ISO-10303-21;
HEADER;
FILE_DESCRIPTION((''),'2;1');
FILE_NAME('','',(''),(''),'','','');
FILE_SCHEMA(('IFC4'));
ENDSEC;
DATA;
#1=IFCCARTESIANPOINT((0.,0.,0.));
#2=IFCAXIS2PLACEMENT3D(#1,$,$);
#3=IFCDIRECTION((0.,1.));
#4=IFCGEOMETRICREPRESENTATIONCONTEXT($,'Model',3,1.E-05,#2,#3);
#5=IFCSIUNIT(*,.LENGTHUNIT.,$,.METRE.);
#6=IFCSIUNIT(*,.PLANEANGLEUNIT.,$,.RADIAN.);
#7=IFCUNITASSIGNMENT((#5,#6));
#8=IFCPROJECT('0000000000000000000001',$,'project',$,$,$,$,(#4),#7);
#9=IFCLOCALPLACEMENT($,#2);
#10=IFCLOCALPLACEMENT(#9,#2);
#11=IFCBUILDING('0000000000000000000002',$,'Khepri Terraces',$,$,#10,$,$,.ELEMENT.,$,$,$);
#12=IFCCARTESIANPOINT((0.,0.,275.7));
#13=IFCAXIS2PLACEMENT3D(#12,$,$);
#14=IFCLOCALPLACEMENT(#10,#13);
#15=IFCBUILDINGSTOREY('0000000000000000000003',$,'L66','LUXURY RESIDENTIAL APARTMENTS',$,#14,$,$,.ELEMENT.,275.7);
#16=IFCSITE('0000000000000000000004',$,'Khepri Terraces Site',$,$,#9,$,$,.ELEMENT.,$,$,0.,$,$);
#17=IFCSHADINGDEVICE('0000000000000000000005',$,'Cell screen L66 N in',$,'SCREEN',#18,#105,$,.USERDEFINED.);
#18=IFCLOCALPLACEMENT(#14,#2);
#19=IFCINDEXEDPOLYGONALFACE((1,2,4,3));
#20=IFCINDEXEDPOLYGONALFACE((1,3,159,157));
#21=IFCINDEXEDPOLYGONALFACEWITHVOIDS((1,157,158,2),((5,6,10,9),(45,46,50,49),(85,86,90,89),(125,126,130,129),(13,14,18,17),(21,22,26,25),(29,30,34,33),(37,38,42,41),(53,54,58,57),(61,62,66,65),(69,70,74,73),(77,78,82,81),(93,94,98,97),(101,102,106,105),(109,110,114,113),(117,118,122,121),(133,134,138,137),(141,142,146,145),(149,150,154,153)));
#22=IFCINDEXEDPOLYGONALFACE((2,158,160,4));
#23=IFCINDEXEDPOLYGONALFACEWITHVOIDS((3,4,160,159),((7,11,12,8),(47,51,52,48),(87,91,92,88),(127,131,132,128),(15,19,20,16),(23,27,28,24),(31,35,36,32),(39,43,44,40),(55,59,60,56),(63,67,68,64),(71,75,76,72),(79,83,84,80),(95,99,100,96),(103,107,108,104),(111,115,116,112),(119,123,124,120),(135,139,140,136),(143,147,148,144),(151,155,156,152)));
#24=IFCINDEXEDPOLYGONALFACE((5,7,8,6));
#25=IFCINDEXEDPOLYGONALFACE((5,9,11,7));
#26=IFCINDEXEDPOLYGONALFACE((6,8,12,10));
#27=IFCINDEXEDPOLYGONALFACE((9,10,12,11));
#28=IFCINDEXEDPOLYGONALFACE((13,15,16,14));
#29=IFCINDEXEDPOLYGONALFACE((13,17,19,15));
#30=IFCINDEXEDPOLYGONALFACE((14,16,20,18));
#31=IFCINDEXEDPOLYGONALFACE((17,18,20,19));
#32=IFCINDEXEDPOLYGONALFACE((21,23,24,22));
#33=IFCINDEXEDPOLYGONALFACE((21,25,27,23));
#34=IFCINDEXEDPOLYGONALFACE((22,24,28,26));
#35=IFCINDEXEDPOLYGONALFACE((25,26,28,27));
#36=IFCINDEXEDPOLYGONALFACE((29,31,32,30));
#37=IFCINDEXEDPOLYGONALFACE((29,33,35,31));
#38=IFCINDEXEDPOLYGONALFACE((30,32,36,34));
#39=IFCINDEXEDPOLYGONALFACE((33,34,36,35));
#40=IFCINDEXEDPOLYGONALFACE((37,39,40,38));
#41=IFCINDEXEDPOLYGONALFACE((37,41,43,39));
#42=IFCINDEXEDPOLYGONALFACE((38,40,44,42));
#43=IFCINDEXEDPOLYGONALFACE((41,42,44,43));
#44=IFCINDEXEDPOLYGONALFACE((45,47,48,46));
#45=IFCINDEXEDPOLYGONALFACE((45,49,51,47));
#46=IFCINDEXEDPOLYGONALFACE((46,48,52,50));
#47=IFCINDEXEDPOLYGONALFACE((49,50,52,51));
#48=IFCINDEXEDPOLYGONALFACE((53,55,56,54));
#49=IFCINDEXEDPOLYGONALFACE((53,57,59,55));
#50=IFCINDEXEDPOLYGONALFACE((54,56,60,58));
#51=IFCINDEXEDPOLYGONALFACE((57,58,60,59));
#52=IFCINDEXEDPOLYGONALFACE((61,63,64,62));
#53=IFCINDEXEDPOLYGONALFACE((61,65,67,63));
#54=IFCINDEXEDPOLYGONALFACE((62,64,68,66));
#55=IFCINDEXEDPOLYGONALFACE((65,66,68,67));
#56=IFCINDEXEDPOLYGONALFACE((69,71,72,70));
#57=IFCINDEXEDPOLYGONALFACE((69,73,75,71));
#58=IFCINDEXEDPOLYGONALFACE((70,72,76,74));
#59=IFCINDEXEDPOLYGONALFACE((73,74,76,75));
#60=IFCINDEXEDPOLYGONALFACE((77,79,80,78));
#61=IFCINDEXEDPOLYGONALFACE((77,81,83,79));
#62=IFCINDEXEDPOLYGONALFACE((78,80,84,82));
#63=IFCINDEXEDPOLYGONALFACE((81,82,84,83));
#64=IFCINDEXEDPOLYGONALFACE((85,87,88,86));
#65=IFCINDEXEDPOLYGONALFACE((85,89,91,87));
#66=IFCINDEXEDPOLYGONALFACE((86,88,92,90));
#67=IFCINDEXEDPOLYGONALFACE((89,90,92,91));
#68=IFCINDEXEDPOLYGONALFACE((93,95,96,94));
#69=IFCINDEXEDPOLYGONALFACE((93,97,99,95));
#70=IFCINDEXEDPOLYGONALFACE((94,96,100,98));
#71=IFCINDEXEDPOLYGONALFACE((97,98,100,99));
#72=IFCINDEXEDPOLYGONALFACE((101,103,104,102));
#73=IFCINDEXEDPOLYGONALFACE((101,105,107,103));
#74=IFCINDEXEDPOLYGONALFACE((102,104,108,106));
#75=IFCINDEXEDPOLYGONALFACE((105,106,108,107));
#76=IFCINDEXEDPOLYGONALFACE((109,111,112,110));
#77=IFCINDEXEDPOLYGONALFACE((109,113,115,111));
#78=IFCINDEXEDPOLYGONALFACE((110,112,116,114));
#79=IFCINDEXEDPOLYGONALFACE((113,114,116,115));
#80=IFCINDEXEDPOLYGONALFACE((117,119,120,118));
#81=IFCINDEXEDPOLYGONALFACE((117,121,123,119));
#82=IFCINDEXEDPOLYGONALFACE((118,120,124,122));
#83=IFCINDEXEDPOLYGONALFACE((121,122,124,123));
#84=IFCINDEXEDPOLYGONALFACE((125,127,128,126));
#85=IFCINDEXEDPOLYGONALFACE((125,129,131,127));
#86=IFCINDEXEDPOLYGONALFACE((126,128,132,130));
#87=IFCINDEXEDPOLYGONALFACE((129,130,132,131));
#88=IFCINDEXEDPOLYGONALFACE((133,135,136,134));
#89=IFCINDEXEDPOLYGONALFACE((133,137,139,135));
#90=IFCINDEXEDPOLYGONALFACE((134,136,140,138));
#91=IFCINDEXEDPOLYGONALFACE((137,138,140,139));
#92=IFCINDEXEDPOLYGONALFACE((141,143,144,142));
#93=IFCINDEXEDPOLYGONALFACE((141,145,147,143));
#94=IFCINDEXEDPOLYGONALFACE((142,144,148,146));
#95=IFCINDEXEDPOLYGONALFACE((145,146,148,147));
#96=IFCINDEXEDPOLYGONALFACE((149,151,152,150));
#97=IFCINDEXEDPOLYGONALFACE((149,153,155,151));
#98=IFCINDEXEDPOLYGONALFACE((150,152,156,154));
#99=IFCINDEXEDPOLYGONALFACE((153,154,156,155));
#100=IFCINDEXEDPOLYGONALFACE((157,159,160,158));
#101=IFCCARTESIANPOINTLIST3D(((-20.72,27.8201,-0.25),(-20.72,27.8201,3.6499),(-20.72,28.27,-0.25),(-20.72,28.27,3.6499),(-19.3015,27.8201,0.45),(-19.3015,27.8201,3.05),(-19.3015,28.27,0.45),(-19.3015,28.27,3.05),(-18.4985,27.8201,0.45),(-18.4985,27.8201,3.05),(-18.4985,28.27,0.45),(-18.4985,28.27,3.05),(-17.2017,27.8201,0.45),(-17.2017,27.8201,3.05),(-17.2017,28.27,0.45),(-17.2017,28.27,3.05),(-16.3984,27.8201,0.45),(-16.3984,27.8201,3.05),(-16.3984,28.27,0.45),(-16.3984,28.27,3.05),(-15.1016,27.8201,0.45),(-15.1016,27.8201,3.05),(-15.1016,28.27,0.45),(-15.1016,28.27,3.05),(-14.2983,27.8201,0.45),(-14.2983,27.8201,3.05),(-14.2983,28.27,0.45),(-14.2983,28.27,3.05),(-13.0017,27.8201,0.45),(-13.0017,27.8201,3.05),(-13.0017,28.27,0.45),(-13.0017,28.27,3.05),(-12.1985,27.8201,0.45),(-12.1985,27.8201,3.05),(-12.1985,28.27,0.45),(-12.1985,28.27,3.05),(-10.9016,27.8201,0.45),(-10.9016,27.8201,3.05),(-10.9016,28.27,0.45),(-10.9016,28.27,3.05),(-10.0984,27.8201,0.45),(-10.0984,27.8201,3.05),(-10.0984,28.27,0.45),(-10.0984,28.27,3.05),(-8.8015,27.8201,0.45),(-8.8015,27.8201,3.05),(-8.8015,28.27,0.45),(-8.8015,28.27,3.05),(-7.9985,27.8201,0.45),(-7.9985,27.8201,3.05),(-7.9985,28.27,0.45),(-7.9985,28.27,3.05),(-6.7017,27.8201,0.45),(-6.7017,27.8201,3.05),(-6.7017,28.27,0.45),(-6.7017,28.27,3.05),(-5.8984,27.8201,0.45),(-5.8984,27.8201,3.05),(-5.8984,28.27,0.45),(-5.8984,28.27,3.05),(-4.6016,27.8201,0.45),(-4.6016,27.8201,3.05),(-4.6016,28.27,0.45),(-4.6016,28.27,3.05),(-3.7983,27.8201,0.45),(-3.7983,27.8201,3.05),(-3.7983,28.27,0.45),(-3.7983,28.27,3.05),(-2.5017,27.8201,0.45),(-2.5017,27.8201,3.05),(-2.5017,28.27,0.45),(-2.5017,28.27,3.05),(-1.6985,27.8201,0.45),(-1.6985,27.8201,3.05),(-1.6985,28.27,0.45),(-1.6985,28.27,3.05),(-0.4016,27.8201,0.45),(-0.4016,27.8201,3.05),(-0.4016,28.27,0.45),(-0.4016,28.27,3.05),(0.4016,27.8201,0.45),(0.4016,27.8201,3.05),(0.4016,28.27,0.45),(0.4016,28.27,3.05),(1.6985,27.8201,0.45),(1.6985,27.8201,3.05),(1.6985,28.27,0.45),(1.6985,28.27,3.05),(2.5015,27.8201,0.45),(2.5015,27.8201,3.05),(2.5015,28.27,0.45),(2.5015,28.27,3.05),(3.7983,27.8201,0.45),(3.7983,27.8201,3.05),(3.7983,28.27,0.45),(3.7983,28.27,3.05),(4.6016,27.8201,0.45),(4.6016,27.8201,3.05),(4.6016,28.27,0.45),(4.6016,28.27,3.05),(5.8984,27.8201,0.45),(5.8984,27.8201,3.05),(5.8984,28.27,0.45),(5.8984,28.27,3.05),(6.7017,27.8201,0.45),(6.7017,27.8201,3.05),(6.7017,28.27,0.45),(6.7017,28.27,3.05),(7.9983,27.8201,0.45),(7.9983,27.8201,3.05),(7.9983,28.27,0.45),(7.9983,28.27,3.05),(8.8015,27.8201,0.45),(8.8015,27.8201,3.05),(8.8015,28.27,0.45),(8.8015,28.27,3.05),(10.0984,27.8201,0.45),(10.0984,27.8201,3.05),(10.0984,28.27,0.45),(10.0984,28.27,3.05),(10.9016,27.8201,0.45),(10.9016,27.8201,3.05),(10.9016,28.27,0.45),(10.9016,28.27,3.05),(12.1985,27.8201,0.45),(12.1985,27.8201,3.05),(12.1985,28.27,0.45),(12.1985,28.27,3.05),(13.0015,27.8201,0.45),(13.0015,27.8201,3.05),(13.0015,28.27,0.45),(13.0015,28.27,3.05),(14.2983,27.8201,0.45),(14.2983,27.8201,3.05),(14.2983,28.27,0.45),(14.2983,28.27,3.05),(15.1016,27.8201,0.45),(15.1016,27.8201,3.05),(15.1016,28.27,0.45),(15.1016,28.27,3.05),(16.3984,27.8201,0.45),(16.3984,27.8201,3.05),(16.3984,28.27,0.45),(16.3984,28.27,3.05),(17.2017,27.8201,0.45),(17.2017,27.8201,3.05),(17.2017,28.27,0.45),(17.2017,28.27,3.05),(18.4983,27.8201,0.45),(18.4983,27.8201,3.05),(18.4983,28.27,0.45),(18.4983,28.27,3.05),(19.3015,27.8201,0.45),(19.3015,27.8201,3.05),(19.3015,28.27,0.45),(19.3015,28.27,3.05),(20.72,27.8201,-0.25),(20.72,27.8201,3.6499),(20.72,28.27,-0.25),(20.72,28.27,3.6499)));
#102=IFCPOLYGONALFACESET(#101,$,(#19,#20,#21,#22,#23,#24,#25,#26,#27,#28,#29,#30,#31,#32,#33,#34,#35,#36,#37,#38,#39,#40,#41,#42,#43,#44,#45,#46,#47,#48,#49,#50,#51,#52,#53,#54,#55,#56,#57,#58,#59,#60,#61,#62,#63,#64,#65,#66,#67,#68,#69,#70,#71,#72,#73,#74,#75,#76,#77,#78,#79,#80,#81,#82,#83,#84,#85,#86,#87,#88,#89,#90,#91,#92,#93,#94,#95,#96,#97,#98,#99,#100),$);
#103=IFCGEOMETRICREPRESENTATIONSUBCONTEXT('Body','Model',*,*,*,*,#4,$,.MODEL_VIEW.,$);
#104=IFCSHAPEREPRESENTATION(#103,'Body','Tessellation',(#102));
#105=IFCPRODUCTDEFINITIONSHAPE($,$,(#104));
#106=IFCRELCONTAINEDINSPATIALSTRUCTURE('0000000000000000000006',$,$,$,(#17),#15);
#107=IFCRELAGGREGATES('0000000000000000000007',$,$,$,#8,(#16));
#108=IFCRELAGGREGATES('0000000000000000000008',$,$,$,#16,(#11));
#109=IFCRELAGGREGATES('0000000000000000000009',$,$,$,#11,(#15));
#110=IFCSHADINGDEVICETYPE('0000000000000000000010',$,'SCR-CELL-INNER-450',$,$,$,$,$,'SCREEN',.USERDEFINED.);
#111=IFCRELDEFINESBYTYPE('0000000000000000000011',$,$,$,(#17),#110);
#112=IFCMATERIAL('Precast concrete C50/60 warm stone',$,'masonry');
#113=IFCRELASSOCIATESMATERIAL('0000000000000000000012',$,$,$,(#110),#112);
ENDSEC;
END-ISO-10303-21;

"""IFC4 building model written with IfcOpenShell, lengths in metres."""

from ifc_helpers import new_model, si_unit, direction, frame, origin, place, context, subcontext, project, spatial, polyline, outline, extrude, material, type_object, element, save


model = new_model("IFC4")

# Units and contexts
model_context = context("Model", 3, precision=1e-05, world=origin(), true_north=direction((0.0, 1.0)))
body_context = subcontext(model_context, "Body", "Model", "MODEL_VIEW")
ifc_project = project(units=[si_unit("LENGTHUNIT", "METRE"), si_unit("PLANEANGLEUNIT", "RADIAN")], contexts=[model_context])

# Site, building, storey
site_placement = place(None, origin())
site = spatial("IfcSite", under=ifc_project, at=site_placement, Name="Khepri Terraces Site", CompositionType="ELEMENT", RefElevation=0.0)
building_placement = place(site_placement, origin())
building = spatial("IfcBuilding", under=site, at=building_placement, Name="Khepri Terraces", CompositionType="ELEMENT")
storey_placement = place(building_placement, frame((0.0, 0.0, 275.7)))
storey = spatial("IfcBuildingStorey", under=building, at=storey_placement, Name="L66", Description="LUXURY RESIDENTIAL APARTMENTS", CompositionType="ELEMENT", Elevation=275.7)

# Shared definitions
ifc_material_1 = material(Name="Precast concrete C50/60 warm stone", Category="masonry")

# Shading device
shading_device_type_1 = type_object("IfcShadingDeviceType", Name="SCR-CELL-INNER-450", ElementType="SCREEN", PredefinedType="USERDEFINED", material=ifc_material_1)
shading_device_1_placement = place(storey_placement, frame((20.72, 27.8201, -0.25), z_axis=(0.0, 1.0, 0.0), x_axis=(-1.0, 0.0, 0.0)))
element("IfcShadingDevice", 1, at=shading_device_1_placement, inside=storey, type_object=shading_device_type_1, Name="Cell screen L66 N in", ObjectType="SCREEN", PredefinedType="USERDEFINED", context=body_context, shape_type="SweptSolid", body=[
    extrude(outline(polyline([(0.0, 0.0), (41.4399, 0.0), (41.4399, 3.8999), (0.0, 3.8999), (0.0, 0.0)]), holes=[polyline([(1.4185, 0.7), (2.2217, 0.7), (2.2217, 3.3), (1.4185, 3.3), (1.4185, 0.7)]), polyline([(3.5183, 0.7), (4.3215, 0.7), (4.3215, 3.3), (3.5183, 3.3), (3.5183, 0.7)]), polyline([(5.6184, 0.7), (6.4216, 0.7), (6.4216, 3.3), (5.6184, 3.3), (5.6184, 0.7)]), polyline([(7.7185, 0.7), (8.5215, 0.7), (8.5215, 3.3), (7.7185, 3.3), (7.7185, 0.7)]), polyline([(9.8184, 0.7), (10.6216, 0.7), (10.6216, 3.3), (9.8184, 3.3), (9.8184, 0.7)]), polyline([(11.9185, 0.7), (12.7217, 0.7), (12.7217, 3.3), (11.9185, 3.3), (11.9185, 0.7)]), polyline([(14.0183, 0.7), (14.8215, 0.7), (14.8215, 3.3), (14.0183, 3.3), (14.0183, 0.7)]), polyline([(16.1184, 0.7), (16.9216, 0.7), (16.9216, 3.3), (16.1184, 3.3), (16.1184, 0.7)]), polyline([(18.2185, 0.7), (19.0215, 0.7), (19.0215, 3.3), (18.2185, 3.3), (18.2185, 0.7)]), polyline([(20.3184, 0.7), (21.1216, 0.7), (21.1216, 3.3), (20.3184, 3.3), (20.3184, 0.7)]), polyline([(22.4185, 0.7), (23.2217, 0.7), (23.2217, 3.3), (22.4185, 3.3), (22.4185, 0.7)]), polyline([(24.5183, 0.7), (25.3215, 0.7), (25.3215, 3.3), (24.5183, 3.3), (24.5183, 0.7)]), polyline([(26.6184, 0.7), (27.4216, 0.7), (27.4216, 3.3), (26.6184, 3.3), (26.6184, 0.7)]), polyline([(28.7185, 0.7), (29.5215, 0.7), (29.5215, 3.3), (28.7185, 3.3), (28.7185, 0.7)]), polyline([(30.8184, 0.7), (31.6216, 0.7), (31.6216, 3.3), (30.8184, 3.3), (30.8184, 0.7)]), polyline([(32.9185, 0.7), (33.7217, 0.7), (33.7217, 3.3), (32.9185, 3.3), (32.9185, 0.7)]), polyline([(35.0183, 0.7), (35.8215, 0.7), (35.8215, 3.3), (35.0183, 3.3), (35.0183, 0.7)]), polyline([(37.1184, 0.7), (37.9216, 0.7), (37.9216, 3.3), (37.1184, 3.3), (37.1184, 0.7)]), polyline([(39.2185, 0.7), (40.0215, 0.7), (40.0215, 3.3), (39.2185, 3.3), (39.2185, 0.7)])]), origin(), (0.0, 0.0, 1.0), 0.45),
])

save(model, "model.ifc")
